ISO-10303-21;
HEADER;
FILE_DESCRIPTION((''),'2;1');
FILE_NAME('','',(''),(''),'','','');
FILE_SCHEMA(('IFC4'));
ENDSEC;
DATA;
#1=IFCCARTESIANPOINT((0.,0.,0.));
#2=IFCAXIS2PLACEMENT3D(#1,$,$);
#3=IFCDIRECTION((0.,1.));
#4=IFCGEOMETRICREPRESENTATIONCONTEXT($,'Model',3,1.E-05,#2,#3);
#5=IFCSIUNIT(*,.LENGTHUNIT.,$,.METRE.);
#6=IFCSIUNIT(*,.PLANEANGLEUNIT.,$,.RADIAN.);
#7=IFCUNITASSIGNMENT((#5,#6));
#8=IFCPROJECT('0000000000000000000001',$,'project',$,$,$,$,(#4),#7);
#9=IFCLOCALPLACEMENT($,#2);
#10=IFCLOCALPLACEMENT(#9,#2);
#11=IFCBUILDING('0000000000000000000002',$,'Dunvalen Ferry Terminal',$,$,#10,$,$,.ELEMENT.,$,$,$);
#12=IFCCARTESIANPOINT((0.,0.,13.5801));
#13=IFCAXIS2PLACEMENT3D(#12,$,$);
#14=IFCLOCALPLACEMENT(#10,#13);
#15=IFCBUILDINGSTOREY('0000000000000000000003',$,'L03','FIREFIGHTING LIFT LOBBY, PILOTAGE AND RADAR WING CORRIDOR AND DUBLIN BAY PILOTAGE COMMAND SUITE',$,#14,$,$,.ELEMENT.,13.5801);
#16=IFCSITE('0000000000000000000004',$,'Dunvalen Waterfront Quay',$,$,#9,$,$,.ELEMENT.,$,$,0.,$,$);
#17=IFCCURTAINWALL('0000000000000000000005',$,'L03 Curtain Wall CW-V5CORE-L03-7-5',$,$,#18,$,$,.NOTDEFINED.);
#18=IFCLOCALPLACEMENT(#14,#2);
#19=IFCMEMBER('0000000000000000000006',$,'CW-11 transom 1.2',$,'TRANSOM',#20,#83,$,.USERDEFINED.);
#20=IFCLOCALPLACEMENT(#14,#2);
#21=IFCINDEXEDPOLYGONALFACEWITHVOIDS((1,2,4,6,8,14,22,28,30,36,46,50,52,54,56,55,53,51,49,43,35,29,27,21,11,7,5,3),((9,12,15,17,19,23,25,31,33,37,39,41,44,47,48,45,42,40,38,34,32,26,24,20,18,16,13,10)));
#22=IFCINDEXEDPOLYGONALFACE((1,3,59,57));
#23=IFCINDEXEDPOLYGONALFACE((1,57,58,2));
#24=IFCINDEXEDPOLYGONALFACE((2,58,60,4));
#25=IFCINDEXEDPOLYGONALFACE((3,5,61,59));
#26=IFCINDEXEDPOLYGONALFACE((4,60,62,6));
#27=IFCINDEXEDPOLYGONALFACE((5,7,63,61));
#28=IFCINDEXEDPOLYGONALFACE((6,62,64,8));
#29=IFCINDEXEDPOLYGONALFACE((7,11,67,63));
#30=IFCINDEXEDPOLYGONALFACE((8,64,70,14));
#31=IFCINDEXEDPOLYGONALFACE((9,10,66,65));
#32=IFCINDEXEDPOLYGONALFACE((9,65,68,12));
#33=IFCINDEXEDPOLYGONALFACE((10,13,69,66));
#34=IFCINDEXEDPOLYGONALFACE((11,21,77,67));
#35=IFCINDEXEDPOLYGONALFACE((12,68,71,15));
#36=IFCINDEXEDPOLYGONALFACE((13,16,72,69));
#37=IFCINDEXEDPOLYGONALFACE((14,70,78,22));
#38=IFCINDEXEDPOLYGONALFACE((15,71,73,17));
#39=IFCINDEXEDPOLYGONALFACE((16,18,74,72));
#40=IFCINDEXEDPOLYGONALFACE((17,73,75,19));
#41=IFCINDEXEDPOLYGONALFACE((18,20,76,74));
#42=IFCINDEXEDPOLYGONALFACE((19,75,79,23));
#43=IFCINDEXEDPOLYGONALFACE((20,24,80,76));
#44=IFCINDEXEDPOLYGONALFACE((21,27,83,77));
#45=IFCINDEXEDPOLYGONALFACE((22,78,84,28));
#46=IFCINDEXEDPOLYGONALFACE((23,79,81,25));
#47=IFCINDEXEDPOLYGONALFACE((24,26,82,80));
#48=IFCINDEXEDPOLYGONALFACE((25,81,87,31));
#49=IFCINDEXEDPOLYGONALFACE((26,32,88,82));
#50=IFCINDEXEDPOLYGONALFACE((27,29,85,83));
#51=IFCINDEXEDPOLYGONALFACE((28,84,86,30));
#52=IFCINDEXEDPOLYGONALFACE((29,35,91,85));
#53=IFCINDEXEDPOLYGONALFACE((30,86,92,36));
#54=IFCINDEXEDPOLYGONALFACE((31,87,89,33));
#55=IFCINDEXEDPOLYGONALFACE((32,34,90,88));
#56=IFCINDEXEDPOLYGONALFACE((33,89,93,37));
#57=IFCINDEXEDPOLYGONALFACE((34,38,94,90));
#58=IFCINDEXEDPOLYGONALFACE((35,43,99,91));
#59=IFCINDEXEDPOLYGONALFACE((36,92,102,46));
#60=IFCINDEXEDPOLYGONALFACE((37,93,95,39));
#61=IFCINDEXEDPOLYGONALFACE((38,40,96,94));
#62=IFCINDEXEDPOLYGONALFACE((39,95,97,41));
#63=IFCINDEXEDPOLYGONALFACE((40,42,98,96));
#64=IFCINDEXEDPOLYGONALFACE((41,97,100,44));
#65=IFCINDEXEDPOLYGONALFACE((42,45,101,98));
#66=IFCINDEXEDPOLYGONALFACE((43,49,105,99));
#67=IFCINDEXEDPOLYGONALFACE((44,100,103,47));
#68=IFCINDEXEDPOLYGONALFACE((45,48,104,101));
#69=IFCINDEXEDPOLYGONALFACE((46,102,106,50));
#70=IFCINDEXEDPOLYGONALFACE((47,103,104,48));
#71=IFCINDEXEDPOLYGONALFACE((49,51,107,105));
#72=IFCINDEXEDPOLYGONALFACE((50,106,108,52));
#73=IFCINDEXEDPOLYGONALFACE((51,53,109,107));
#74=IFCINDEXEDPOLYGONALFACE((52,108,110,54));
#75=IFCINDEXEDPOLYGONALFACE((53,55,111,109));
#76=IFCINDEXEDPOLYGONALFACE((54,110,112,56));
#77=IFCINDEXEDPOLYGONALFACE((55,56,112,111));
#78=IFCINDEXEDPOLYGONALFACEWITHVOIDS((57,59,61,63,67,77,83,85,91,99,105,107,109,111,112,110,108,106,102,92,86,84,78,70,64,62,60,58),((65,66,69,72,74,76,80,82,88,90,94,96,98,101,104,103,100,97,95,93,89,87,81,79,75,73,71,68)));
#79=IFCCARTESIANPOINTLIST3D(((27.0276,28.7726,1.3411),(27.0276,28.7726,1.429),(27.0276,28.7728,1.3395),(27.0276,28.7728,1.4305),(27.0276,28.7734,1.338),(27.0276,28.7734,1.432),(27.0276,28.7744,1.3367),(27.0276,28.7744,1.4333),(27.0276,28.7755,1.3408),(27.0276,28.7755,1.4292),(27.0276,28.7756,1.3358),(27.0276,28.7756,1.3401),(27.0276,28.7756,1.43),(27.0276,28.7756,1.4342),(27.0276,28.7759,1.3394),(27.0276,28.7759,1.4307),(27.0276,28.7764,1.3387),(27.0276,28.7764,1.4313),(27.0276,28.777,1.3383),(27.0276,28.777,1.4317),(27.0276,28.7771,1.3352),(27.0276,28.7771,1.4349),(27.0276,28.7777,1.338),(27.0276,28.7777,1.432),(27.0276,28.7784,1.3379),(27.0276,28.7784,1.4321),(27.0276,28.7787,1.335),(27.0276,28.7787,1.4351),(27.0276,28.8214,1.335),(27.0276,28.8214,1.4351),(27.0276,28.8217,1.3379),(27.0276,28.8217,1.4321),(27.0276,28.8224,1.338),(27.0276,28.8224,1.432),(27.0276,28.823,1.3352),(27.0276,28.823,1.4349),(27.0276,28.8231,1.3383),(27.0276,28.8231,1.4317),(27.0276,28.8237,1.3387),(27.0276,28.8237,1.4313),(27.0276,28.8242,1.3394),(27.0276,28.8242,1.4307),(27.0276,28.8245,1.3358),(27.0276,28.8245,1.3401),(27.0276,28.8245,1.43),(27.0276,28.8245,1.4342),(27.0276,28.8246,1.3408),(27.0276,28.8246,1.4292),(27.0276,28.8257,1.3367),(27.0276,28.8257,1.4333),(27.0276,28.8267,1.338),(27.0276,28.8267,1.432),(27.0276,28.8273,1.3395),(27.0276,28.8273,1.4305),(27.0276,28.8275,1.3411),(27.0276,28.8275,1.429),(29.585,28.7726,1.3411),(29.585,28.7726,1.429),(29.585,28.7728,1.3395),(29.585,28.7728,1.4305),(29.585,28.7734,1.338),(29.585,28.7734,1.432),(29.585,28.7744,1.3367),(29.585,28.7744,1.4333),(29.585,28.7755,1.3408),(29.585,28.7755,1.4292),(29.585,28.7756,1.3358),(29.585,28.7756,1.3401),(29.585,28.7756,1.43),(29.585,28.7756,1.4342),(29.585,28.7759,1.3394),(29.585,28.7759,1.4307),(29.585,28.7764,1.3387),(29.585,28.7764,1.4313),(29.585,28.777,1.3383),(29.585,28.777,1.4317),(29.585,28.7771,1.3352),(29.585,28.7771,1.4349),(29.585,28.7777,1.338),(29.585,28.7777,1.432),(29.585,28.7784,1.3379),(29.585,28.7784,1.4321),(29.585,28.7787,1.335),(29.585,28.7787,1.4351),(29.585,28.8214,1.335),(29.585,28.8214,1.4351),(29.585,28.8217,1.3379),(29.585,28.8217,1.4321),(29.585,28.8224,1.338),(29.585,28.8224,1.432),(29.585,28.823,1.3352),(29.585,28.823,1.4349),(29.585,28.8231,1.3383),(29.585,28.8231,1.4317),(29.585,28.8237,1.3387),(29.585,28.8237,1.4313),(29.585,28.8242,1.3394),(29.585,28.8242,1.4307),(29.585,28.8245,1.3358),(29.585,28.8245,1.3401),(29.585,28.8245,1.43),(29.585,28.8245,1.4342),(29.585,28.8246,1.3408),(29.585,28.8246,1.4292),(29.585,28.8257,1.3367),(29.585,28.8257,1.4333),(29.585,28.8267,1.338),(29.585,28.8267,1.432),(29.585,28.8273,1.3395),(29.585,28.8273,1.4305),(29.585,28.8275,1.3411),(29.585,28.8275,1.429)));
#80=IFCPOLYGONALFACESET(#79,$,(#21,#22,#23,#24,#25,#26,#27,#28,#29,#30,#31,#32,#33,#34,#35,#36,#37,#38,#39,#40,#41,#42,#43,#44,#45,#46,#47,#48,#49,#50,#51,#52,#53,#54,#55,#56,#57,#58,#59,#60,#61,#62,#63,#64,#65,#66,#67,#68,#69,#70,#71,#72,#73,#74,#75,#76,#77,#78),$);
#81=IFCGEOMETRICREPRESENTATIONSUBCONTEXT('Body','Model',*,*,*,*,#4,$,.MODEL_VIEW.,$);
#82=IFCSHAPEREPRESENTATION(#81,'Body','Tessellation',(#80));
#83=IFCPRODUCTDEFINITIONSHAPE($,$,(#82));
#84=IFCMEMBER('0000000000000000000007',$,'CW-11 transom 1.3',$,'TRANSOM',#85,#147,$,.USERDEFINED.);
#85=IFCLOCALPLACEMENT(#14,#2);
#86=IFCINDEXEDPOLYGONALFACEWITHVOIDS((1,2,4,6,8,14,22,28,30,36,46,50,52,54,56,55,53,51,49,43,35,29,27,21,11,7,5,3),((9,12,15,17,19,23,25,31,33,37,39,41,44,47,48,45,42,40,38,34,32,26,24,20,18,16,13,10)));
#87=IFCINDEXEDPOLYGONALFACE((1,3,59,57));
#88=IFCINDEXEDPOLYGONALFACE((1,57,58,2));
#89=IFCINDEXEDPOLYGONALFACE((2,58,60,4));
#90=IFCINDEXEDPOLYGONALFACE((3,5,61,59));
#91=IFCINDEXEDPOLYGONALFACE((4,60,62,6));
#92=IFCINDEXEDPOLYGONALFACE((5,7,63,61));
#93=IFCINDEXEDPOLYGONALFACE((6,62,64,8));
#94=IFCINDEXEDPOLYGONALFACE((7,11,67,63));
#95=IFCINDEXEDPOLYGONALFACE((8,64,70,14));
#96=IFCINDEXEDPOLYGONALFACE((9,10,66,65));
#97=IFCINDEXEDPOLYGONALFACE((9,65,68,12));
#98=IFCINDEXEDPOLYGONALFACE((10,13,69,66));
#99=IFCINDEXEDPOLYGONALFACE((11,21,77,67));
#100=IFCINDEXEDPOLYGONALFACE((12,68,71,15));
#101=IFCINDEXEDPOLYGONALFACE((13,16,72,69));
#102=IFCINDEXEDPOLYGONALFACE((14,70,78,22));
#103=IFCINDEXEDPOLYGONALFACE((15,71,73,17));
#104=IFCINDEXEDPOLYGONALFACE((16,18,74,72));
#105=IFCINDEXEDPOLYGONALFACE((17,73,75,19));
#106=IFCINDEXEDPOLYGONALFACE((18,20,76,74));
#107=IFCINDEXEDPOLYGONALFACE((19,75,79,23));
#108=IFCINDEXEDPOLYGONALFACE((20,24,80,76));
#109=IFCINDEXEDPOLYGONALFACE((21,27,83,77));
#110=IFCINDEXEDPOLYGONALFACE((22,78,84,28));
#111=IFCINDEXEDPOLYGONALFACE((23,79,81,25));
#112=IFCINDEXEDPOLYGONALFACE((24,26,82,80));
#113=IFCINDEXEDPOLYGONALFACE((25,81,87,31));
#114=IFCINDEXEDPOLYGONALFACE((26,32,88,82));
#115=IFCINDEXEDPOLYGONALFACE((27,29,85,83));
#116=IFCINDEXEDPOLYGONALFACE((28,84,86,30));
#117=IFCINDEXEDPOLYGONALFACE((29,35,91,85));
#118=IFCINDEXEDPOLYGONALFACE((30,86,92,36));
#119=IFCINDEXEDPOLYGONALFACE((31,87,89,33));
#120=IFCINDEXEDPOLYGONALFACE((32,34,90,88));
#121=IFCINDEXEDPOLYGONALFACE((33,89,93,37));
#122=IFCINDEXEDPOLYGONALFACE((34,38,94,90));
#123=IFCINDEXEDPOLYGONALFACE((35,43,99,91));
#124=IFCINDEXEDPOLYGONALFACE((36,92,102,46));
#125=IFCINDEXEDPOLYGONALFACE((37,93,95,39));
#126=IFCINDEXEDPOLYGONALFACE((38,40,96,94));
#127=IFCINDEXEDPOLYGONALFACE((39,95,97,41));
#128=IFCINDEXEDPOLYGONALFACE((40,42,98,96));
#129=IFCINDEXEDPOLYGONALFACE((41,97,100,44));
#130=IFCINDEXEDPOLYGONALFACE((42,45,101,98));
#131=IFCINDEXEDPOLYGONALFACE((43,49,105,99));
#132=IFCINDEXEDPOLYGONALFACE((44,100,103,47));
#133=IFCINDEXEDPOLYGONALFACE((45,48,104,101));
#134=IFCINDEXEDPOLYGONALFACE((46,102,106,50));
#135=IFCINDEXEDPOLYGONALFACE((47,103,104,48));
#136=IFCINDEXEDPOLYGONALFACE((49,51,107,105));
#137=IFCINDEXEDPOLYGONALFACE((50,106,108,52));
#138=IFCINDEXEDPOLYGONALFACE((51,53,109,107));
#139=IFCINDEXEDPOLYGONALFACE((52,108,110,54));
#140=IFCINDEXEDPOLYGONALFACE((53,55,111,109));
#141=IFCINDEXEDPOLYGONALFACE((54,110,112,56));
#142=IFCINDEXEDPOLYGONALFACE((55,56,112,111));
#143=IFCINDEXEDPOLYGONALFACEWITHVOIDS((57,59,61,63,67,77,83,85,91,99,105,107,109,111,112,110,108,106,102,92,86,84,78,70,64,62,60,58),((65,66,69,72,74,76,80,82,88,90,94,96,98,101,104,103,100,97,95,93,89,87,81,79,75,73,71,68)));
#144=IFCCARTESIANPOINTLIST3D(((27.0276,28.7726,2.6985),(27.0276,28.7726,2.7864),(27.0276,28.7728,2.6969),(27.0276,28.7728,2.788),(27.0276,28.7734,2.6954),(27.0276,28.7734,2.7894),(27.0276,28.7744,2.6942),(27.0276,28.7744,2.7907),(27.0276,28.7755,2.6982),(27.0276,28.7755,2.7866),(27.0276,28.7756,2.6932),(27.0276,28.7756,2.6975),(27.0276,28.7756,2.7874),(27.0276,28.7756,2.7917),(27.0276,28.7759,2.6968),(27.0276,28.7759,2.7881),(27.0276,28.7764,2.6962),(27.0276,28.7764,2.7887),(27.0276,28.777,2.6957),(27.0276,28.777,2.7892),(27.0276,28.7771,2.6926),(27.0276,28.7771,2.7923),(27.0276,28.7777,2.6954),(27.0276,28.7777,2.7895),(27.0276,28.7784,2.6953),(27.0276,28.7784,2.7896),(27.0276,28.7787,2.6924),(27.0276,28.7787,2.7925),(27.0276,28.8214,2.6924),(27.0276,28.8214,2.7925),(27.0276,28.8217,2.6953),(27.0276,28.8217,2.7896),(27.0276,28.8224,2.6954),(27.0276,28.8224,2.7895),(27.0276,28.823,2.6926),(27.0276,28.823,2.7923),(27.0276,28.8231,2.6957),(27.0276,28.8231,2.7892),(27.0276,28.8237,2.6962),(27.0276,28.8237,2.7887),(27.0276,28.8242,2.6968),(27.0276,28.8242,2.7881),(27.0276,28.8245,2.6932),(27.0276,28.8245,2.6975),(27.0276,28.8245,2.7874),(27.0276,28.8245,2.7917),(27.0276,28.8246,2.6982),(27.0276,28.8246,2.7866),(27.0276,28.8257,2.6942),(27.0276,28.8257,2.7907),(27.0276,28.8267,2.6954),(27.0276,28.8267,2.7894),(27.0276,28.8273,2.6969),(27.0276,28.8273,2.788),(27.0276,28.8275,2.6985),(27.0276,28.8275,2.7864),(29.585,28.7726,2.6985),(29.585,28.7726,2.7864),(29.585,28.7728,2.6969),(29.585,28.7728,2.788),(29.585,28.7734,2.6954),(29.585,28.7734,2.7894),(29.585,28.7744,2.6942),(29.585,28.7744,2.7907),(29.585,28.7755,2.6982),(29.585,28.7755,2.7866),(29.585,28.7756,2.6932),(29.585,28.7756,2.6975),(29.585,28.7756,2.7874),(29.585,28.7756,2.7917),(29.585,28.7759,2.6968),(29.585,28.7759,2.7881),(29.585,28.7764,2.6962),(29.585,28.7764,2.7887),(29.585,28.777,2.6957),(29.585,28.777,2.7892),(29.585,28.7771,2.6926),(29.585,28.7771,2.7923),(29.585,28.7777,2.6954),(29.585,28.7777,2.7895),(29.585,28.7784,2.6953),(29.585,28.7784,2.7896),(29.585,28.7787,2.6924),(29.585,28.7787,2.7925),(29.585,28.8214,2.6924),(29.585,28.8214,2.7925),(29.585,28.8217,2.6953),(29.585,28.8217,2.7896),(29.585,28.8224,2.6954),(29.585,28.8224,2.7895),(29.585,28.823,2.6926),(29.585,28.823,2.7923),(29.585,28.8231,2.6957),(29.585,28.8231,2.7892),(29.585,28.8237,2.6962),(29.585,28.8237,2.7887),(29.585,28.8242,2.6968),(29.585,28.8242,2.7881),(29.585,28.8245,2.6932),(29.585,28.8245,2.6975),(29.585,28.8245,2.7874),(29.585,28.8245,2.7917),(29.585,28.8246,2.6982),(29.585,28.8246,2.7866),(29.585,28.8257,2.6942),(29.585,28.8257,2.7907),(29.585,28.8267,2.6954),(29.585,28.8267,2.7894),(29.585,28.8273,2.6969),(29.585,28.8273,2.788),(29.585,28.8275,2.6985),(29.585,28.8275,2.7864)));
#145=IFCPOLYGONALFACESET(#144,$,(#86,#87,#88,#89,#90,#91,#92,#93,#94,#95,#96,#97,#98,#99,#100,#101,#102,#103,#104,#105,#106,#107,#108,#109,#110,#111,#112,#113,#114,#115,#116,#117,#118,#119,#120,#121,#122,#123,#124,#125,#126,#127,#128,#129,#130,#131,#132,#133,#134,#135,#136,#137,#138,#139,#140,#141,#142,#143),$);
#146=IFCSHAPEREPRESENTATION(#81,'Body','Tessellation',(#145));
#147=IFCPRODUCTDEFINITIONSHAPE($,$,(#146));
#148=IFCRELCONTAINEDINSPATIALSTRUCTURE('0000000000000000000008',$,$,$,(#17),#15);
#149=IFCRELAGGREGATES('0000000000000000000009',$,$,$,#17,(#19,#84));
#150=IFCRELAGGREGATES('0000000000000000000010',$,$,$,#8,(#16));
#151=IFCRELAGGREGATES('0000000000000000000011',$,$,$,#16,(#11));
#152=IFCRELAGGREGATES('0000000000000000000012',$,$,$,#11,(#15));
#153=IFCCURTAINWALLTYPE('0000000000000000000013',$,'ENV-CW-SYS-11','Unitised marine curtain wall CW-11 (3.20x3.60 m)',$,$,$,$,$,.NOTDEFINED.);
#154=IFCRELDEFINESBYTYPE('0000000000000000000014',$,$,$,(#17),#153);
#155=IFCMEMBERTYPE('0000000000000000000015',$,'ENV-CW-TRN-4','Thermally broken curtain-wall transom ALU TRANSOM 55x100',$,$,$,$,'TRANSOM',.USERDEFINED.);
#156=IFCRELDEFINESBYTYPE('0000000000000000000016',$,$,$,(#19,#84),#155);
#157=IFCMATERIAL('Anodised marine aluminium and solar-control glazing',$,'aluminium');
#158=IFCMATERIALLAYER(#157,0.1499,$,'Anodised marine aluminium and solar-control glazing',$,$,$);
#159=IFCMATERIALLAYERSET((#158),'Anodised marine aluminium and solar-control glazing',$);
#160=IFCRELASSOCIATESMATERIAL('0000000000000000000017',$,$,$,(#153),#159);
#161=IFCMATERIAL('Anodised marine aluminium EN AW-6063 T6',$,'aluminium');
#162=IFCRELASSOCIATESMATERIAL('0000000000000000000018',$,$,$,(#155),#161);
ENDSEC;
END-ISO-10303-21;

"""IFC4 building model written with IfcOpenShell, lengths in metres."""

from ifc_helpers import new_model, si_unit, direction, frame, origin, origin_2d, place, context, subcontext, project, spatial, hollow_rectangle, extrude, material, layer, layer_set, material_profile, profile_set, type_object, element, aggregate, save


model = new_model("IFC4")

# Units and contexts
model_context = context("Model", 3, precision=1e-05, world=origin(), true_north=direction((0.0, 1.0)))
body_context = subcontext(model_context, "Body", "Model", "MODEL_VIEW")
ifc_project = project(units=[si_unit("LENGTHUNIT", "METRE"), si_unit("PLANEANGLEUNIT", "RADIAN")], contexts=[model_context])

# Site, building, storey
site_placement = place(None, origin())
site = spatial("IfcSite", under=ifc_project, at=site_placement, Name="Dunvalen Waterfront Quay", CompositionType="ELEMENT", RefElevation=0.0)
building_placement = place(site_placement, origin())
building = spatial("IfcBuilding", under=site, at=building_placement, Name="Dunvalen Ferry Terminal", CompositionType="ELEMENT")
storey_placement = place(building_placement, frame((0.0, 0.0, 13.5801)))
storey = spatial("IfcBuildingStorey", under=building, at=storey_placement, Name="L03", Description="FIREFIGHTING LIFT LOBBY, PILOTAGE AND RADAR WING CORRIDOR AND DUBLIN BAY PILOTAGE COMMAND SUITE", CompositionType="ELEMENT", Elevation=13.5801)

# Curtain wall, members
ifc_material_1 = material(Name="Anodised marine aluminium and solar-control glazing", Category="aluminium")
ifc_layer_1 = layer(ifc_material_1, 0.1499, Name="Anodised marine aluminium and solar-control glazing")
ifc_layer_set_1 = layer_set([ifc_layer_1], Name="Anodised marine aluminium and solar-control glazing")
curtain_wall_type = type_object("IfcCurtainWallType", Name="ENV-CW-SYS-11", Description="Unitised marine curtain wall CW-11 (3.20x3.60 m)", PredefinedType="NOTDEFINED", material=ifc_layer_set_1)
curtain_wall_placement = place(storey_placement, origin())
curtain_wall = element("IfcCurtainWall", 1, at=curtain_wall_placement, inside=storey, type_object=curtain_wall_type, Name="L03 Curtain Wall CW-V5CORE-L03-7-5", PredefinedType="NOTDEFINED")
ifc_material_2 = material(Name="Anodised marine aluminium EN AW-6063 T6", Category="aluminium")
ifc_material_profile_1 = material_profile(ifc_material_2, hollow_rectangle(XDim=0.0549, YDim=0.1001, WallThickness=0.0029, InnerFilletRadius=0.0029, OuterFilletRadius=0.0061, at=origin_2d()), Name="Anodised marine aluminium EN AW-6063 T6")
ifc_profile_set_1 = profile_set([ifc_material_profile_1], Name="Anodised marine aluminium EN AW-6063 T6")
member_type_1 = type_object("IfcMemberType", Name="ENV-CW-TRN-4", Description="Thermally broken curtain-wall transom ALU TRANSOM 55x100", ElementType="TRANSOM", PredefinedType="USERDEFINED", material=ifc_profile_set_1)
member_1_placement = place(storey_placement, frame((29.585, 28.8, 1.385), z_axis=(-1.0, 0.0, 0.0), x_axis=(0.0, -1.0, 0.0)))
member_1 = element("IfcMember", 2, at=member_1_placement, type_object=member_type_1, Name="CW-11 transom 1.2", ObjectType="TRANSOM", PredefinedType="USERDEFINED", context=body_context, shape_type="SweptSolid", body=[
    extrude(hollow_rectangle(XDim=0.0549, YDim=0.1001, WallThickness=0.0029, InnerFilletRadius=0.0029, OuterFilletRadius=0.0061, at=origin_2d()), origin(), (0.0, 0.0, 1.0), 2.5574),
])
member_2_placement = place(storey_placement, frame((29.585, 28.8, 2.7424), z_axis=(-1.0, 0.0, 0.0), x_axis=(0.0, -1.0, 0.0)))
member_2 = element("IfcMember", 3, at=member_2_placement, type_object=member_type_1, Name="CW-11 transom 1.3", ObjectType="TRANSOM", PredefinedType="USERDEFINED", context=body_context, shape_type="SweptSolid", body=[
    extrude(hollow_rectangle(XDim=0.0549, YDim=0.1001, WallThickness=0.0029, InnerFilletRadius=0.0029, OuterFilletRadius=0.0061, at=origin_2d()), origin(), (0.0, 0.0, 1.0), 2.5574),
])

aggregate(curtain_wall, [member_1, member_2])

save(model, "model.ifc")
